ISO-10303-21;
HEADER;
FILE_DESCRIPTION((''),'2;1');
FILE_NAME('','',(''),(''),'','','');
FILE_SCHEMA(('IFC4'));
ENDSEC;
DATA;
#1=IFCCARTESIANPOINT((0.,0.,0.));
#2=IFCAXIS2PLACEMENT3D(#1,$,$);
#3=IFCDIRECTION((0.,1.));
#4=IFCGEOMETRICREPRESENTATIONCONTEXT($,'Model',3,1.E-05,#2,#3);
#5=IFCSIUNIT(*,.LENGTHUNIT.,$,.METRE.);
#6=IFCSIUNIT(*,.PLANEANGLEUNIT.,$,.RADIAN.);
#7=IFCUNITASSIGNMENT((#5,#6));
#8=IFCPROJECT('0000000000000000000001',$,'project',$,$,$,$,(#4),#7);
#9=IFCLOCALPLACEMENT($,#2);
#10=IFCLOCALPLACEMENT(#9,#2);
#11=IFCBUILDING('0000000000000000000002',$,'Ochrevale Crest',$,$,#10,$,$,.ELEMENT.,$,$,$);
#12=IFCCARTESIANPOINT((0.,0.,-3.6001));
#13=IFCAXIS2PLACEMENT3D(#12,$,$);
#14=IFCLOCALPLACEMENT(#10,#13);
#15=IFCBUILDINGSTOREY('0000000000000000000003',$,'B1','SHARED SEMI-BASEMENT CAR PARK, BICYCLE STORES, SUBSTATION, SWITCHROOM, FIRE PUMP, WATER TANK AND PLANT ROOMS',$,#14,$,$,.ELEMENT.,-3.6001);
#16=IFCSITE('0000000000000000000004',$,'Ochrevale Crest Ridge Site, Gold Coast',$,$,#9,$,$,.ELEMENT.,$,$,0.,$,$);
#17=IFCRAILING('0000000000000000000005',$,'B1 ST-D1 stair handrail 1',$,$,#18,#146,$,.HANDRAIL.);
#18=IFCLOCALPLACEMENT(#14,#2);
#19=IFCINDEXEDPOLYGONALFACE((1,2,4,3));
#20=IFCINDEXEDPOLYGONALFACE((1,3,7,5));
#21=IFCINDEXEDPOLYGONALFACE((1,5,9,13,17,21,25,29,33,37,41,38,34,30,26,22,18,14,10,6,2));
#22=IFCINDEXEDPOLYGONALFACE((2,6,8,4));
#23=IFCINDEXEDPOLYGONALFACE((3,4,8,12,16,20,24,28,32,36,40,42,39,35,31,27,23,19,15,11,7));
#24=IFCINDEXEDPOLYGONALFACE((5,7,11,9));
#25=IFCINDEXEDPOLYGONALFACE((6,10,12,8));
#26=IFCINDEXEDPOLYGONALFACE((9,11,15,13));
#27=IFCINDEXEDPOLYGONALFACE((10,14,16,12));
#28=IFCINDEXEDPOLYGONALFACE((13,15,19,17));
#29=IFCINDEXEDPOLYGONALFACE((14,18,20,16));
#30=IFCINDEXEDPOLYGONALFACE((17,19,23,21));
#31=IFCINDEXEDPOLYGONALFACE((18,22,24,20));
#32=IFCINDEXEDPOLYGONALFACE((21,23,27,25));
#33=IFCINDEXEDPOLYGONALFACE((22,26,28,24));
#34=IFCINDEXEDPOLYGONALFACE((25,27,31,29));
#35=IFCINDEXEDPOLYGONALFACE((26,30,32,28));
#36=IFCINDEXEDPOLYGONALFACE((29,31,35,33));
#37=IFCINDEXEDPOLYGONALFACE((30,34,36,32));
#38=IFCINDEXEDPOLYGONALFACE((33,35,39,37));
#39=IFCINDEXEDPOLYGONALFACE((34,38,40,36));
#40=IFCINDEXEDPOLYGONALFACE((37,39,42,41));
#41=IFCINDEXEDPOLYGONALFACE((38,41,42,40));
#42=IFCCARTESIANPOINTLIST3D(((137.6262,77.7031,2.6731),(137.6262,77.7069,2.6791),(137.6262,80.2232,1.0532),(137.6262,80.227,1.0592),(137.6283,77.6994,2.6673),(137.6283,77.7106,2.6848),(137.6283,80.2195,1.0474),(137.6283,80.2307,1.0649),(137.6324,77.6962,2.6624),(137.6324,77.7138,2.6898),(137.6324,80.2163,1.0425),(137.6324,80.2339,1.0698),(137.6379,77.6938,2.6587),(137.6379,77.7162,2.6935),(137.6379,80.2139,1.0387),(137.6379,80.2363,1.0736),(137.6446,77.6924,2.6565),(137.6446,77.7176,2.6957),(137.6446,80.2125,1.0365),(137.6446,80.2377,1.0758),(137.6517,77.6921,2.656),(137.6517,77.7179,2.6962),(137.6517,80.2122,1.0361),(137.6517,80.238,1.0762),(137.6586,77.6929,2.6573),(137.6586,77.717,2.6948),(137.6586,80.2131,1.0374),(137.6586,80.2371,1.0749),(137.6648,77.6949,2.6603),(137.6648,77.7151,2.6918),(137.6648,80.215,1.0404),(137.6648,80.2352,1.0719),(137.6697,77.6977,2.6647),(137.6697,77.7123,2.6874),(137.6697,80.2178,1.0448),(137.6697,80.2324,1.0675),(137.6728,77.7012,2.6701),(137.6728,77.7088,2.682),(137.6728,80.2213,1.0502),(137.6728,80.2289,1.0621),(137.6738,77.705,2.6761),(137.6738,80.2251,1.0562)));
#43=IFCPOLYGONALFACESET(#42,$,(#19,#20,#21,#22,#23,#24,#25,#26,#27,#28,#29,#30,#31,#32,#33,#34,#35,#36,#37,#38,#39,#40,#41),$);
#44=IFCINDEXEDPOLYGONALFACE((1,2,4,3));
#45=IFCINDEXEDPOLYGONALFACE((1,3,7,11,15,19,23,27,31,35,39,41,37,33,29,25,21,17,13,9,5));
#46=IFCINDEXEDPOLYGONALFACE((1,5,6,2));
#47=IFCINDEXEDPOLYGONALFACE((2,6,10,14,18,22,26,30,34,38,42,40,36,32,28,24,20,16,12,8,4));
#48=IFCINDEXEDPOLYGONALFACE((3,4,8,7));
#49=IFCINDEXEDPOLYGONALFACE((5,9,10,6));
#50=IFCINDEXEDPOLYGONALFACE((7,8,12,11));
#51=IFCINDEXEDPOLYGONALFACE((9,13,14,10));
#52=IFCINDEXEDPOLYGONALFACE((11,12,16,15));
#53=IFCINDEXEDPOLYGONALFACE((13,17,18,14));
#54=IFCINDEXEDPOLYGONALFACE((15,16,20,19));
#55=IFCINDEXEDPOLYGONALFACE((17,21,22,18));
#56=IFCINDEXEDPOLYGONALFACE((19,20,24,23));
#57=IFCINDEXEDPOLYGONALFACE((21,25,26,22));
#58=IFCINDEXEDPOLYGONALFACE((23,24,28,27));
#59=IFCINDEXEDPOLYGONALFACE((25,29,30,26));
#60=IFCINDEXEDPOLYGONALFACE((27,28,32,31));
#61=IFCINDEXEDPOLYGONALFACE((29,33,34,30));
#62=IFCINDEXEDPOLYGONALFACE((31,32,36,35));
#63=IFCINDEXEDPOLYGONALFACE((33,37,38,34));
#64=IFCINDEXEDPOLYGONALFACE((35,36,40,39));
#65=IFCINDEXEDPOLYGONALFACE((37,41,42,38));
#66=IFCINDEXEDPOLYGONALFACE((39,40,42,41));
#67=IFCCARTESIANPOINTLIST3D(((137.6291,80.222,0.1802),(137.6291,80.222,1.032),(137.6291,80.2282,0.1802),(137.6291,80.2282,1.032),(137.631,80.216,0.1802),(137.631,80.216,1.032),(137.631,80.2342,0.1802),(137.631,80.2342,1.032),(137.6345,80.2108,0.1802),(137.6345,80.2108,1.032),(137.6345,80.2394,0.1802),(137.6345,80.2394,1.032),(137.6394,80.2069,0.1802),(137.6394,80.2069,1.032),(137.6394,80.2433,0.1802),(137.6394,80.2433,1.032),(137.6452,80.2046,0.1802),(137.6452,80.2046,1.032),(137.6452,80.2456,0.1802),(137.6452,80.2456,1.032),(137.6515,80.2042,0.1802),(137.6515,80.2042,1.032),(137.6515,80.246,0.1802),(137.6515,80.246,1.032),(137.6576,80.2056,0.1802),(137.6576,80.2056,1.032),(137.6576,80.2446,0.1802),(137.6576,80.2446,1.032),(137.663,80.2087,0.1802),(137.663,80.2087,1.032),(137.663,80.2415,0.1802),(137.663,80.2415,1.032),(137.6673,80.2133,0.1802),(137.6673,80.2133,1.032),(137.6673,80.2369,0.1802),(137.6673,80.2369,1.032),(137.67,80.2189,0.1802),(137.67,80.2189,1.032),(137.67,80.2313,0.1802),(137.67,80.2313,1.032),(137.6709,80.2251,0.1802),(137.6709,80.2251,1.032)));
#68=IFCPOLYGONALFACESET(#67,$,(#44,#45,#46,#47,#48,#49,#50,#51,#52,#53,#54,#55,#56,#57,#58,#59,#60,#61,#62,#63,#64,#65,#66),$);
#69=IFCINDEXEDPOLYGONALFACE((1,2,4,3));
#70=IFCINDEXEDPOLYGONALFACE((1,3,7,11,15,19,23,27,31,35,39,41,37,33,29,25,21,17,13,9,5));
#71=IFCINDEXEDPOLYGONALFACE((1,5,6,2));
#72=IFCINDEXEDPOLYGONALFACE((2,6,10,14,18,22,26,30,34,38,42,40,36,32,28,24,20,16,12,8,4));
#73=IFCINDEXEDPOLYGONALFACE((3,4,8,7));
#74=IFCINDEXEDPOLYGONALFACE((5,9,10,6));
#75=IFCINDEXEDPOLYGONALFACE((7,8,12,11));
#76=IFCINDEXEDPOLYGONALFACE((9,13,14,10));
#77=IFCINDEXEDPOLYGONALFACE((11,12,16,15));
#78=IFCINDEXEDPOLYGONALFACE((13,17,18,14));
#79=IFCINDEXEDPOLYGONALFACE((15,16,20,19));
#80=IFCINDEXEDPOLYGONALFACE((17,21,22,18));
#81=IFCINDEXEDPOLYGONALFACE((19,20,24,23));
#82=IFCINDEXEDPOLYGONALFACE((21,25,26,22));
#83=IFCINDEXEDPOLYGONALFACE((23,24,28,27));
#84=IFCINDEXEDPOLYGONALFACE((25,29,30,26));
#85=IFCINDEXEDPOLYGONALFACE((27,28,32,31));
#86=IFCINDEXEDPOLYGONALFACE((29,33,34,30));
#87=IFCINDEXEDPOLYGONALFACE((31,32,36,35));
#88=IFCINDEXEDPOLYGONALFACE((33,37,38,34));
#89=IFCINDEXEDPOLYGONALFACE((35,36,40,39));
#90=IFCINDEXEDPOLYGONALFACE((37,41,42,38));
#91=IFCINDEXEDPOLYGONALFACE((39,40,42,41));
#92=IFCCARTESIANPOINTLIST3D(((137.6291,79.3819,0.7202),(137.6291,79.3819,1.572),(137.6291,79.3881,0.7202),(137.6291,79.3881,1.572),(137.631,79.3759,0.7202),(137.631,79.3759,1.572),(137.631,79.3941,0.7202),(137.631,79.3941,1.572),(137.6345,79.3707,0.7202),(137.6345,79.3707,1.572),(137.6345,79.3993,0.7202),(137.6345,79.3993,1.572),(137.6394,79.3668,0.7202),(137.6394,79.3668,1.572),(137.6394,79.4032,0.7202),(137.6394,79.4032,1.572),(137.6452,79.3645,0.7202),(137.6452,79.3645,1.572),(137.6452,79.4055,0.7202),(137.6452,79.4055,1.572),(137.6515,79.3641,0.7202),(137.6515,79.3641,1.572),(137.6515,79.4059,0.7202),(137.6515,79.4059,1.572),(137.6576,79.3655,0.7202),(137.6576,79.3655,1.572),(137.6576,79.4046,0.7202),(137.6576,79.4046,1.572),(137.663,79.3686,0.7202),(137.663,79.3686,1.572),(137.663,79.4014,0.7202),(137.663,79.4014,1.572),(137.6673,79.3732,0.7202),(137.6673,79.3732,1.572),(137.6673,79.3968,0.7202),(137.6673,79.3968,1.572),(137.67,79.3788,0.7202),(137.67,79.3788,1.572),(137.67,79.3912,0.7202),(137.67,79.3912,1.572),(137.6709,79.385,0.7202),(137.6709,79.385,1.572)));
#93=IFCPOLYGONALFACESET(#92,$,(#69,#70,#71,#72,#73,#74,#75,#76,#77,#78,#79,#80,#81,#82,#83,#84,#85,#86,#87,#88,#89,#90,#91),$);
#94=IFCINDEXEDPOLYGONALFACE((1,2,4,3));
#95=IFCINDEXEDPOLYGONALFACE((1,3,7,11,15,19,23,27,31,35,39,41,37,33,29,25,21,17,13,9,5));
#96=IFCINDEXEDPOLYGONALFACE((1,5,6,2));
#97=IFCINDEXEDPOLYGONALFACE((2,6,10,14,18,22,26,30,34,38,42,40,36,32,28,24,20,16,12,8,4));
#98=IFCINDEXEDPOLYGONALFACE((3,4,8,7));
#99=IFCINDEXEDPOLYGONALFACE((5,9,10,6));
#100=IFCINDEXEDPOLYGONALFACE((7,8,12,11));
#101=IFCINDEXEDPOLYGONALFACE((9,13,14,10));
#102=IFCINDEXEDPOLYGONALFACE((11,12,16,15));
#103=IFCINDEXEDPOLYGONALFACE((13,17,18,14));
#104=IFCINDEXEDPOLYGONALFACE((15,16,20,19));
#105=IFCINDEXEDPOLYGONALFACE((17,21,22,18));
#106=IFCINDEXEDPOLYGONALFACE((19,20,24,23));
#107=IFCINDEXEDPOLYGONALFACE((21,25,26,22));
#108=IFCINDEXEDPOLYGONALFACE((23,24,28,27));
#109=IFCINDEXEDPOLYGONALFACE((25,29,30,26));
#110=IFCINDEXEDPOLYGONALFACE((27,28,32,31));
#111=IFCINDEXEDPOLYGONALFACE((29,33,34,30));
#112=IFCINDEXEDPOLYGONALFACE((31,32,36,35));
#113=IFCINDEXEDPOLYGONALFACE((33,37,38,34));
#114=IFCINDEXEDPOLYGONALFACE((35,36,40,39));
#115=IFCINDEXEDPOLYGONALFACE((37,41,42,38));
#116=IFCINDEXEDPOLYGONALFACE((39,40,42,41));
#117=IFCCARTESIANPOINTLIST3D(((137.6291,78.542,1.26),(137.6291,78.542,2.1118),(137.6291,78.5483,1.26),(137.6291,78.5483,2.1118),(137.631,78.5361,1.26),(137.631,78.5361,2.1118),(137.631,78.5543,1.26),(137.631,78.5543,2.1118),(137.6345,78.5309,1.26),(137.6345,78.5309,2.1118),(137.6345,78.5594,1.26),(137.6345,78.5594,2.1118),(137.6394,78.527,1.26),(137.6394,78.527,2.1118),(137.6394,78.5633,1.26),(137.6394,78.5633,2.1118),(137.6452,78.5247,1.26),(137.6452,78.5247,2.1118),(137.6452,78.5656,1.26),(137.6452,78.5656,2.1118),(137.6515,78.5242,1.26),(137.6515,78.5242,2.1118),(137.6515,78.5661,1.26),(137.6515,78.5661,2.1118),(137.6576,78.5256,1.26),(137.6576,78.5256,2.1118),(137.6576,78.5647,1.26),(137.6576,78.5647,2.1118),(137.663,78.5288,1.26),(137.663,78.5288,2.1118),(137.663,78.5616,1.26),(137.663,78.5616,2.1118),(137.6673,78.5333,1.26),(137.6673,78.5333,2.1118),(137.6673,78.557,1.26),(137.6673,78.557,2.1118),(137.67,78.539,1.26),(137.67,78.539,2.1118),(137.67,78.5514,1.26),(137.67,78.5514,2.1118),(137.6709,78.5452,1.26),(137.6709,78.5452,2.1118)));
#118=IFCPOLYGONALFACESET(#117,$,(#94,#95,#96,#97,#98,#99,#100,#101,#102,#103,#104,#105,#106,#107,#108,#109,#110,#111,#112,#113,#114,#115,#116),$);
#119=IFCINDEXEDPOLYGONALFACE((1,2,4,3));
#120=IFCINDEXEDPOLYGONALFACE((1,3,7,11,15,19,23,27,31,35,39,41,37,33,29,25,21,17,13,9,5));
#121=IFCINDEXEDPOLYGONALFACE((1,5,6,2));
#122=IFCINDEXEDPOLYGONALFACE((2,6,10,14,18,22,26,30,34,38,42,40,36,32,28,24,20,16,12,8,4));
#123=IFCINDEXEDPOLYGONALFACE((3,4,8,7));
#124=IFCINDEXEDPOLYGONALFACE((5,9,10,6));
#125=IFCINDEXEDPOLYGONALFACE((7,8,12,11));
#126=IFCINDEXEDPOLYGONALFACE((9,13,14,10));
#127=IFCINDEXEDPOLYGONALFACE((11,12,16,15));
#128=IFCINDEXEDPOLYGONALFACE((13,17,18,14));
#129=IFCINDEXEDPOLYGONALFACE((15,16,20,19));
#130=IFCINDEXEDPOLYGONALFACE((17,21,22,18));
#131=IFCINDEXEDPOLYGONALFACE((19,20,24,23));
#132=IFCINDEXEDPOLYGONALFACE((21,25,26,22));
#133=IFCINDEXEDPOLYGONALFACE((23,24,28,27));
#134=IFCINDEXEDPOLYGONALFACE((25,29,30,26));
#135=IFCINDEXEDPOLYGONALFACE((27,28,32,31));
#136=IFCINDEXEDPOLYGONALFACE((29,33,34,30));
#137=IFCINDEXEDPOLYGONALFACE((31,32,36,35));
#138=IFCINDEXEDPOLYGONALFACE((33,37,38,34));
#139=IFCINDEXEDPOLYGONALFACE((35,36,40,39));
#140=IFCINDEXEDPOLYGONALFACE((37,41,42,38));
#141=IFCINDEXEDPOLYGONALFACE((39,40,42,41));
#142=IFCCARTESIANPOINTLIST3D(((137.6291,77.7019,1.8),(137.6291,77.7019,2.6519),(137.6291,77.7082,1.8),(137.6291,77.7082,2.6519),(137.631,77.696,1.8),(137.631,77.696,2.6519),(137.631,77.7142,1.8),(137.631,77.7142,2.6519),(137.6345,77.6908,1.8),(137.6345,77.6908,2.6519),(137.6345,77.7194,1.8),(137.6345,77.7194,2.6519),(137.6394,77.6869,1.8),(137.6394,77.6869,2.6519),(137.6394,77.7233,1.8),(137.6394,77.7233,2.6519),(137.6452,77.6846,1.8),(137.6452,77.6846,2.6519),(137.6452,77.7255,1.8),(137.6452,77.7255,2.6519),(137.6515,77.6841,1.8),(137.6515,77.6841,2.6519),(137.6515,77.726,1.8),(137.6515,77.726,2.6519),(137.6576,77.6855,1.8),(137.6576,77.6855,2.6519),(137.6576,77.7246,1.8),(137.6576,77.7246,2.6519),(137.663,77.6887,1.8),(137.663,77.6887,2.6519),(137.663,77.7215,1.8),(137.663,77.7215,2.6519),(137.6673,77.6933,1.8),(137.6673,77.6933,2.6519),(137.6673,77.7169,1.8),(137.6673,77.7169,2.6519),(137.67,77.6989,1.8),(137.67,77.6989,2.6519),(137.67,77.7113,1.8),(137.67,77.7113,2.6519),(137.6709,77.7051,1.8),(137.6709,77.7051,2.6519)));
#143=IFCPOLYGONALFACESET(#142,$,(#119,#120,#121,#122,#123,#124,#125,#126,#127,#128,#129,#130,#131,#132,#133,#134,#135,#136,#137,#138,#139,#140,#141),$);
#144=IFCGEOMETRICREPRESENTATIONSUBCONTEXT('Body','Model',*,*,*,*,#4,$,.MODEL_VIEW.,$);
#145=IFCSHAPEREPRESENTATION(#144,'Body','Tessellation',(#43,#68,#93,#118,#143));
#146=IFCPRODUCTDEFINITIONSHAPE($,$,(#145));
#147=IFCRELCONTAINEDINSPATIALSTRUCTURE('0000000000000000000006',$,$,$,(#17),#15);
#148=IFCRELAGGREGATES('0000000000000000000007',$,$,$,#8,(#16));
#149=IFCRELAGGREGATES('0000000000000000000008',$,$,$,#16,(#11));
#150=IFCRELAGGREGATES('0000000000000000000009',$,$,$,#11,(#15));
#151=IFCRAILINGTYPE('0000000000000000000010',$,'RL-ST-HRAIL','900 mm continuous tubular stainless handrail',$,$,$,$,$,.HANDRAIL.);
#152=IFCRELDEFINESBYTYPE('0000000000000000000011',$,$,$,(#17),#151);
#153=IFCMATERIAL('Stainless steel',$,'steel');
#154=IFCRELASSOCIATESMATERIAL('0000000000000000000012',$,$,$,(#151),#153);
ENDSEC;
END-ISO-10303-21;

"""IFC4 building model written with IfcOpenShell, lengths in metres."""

from ifc_helpers import new_model, si_unit, direction, frame, origin, origin_2d, place, context, subcontext, project, spatial, circle, extrude, material, type_object, element, save


model = new_model("IFC4")

# Units and contexts
model_context = context("Model", 3, precision=1e-05, world=origin(), true_north=direction((0.0, 1.0)))
body_context = subcontext(model_context, "Body", "Model", "MODEL_VIEW")
ifc_project = project(units=[si_unit("LENGTHUNIT", "METRE"), si_unit("PLANEANGLEUNIT", "RADIAN")], contexts=[model_context])

# Site, building, storey
site_placement = place(None, origin())
site = spatial("IfcSite", under=ifc_project, at=site_placement, Name="Ochrevale Crest Ridge Site, Gold Coast", CompositionType="ELEMENT", RefElevation=0.0)
building_placement = place(site_placement, origin())
building = spatial("IfcBuilding", under=site, at=building_placement, Name="Ochrevale Crest", CompositionType="ELEMENT")
storey_placement = place(building_placement, frame((0.0, 0.0, -3.6001)))
storey = spatial("IfcBuildingStorey", under=building, at=storey_placement, Name="B1", Description="SHARED SEMI-BASEMENT CAR PARK, BICYCLE STORES, SUBSTATION, SWITCHROOM, FIRE PUMP, WATER TANK AND PLANT ROOMS", CompositionType="ELEMENT", Elevation=-3.6001)

# Railing
ifc_material_1 = material(Name="Stainless steel", Category="steel")
railing_type_1 = type_object("IfcRailingType", Name="RL-ST-HRAIL", Description="900 mm continuous tubular stainless handrail", PredefinedType="HANDRAIL", material=ifc_material_1)
railing_1_placement = place(storey_placement, frame((137.6499, 80.2251, 0.1802)))
element("IfcRailing", 1, at=railing_1_placement, inside=storey, type_object=railing_type_1, Name="B1 ST-D1 stair handrail 1", PredefinedType="HANDRAIL", context=body_context, shape_type="SweptSolid", body=[
    extrude(circle(Radius=0.0239, at=origin_2d()), frame((0.0, 0.0, 0.876), z_axis=(0.0, -0.8412, 0.540725), x_axis=(1.0, 0.0, 0.0)), (0.0, 0.0, 1.0), 2.9958),
    extrude(circle(Radius=0.021, at=origin_2d()), origin(), (0.0, 0.0, 1.0), 0.8518),
    extrude(circle(Radius=0.021, at=origin_2d()), frame((0.0, -0.8401, 0.54)), (0.0, 0.0, 1.0), 0.8518),
    extrude(circle(Radius=0.021, at=origin_2d()), frame((0.0, -1.6799, 1.0798)), (0.0, 0.0, 1.0), 0.8518),
    extrude(circle(Radius=0.021, at=origin_2d()), frame((0.0, -2.52, 1.6199)), (0.0, 0.0, 1.0), 0.8518),
])

save(model, "model.ifc")
